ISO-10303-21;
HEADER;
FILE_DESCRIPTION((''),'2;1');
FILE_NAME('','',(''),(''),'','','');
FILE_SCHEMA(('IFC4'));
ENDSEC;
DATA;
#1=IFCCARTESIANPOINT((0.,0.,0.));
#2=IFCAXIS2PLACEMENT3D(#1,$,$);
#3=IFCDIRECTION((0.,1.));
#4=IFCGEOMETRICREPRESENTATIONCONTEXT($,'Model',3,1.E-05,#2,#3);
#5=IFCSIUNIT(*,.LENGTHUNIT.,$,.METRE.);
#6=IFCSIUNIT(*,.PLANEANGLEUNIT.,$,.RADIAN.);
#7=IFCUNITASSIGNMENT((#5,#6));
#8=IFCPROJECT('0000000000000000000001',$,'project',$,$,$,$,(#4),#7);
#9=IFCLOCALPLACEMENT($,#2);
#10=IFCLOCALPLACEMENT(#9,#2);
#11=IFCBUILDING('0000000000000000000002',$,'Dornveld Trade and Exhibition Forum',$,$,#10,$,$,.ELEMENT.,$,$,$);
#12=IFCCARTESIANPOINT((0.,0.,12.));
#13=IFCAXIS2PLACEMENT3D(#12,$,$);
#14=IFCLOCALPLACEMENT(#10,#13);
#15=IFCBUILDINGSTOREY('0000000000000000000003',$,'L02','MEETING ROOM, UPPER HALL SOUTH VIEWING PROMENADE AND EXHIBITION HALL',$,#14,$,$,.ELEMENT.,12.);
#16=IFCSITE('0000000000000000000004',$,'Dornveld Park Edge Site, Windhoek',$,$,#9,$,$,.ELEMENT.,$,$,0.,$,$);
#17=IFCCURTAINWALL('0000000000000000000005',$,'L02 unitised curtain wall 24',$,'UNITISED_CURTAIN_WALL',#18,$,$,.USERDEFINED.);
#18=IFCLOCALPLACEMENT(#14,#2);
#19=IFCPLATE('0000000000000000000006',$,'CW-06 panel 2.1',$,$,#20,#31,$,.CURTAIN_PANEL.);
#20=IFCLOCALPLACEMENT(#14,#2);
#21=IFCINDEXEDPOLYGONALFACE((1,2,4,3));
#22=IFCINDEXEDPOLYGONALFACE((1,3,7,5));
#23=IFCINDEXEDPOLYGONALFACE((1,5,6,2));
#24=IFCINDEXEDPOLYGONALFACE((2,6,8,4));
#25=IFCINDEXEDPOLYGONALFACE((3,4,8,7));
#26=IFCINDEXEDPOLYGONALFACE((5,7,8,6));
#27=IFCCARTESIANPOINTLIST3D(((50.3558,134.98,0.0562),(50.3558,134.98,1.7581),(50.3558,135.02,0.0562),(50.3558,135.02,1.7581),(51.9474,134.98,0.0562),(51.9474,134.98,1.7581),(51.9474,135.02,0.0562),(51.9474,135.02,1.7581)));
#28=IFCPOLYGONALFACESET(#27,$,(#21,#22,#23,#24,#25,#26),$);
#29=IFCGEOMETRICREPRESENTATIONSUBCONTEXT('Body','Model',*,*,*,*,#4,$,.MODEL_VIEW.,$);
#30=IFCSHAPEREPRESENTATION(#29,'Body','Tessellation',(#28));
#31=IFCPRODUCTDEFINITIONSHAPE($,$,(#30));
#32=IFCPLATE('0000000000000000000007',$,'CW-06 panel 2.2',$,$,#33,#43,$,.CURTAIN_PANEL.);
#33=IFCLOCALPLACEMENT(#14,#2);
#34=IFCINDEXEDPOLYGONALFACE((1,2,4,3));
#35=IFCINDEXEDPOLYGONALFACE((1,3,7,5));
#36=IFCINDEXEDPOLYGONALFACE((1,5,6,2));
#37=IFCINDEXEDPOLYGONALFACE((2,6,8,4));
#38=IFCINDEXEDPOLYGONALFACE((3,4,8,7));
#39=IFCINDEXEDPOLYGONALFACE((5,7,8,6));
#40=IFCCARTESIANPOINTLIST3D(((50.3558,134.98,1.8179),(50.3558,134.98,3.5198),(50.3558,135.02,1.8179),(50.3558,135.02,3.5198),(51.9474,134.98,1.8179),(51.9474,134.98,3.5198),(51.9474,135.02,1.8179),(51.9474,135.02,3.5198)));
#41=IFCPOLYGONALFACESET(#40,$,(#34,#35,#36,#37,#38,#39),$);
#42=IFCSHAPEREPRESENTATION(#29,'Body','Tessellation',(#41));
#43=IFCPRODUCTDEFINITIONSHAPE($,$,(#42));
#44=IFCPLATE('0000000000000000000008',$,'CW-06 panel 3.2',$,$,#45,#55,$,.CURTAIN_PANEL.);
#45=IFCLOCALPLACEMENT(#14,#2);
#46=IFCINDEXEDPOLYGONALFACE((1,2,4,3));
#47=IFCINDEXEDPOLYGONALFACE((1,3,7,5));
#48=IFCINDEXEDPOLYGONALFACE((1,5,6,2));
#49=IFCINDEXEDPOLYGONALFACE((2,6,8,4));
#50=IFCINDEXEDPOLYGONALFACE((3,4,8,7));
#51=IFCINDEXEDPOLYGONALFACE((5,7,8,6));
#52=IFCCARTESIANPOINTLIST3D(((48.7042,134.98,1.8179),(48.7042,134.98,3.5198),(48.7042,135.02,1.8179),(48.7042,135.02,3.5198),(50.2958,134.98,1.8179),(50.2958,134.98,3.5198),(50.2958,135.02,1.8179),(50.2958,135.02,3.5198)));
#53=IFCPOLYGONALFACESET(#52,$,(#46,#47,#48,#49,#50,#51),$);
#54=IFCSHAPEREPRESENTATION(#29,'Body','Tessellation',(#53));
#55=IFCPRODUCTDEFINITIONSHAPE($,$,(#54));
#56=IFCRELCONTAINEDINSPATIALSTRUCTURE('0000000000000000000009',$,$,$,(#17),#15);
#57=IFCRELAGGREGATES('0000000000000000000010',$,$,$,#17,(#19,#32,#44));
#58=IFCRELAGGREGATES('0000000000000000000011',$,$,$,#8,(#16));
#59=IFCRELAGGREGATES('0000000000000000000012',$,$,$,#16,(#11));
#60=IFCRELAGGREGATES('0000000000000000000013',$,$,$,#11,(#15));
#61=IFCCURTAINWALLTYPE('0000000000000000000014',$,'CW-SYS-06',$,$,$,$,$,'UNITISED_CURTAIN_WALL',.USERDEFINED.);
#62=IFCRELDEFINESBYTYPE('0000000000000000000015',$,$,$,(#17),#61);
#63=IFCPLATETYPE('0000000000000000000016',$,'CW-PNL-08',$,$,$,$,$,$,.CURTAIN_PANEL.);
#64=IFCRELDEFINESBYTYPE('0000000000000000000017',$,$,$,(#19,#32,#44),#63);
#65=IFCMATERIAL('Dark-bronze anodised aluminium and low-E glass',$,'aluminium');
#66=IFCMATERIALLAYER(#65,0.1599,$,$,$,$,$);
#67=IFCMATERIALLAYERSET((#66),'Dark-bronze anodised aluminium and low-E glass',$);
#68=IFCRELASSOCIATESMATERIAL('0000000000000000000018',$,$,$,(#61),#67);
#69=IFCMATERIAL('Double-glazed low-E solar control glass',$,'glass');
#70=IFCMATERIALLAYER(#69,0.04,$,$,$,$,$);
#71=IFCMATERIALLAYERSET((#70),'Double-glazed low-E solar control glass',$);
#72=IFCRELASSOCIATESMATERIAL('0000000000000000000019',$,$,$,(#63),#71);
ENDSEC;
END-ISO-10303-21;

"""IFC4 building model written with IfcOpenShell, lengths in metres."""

from ifc_helpers import new_model, si_unit, direction, frame, origin, origin_2d, place, context, subcontext, project, spatial, rectangle, extrude, material, layer, layer_set, type_object, element, aggregate, save


model = new_model("IFC4")

# Units and contexts
model_context = context("Model", 3, precision=1e-05, world=origin(), true_north=direction((0.0, 1.0)))
body_context = subcontext(model_context, "Body", "Model", "MODEL_VIEW")
ifc_project = project(units=[si_unit("LENGTHUNIT", "METRE"), si_unit("PLANEANGLEUNIT", "RADIAN")], contexts=[model_context])

# Site, building, storey
site_placement = place(None, origin())
site = spatial("IfcSite", under=ifc_project, at=site_placement, Name="Dornveld Park Edge Site, Windhoek", CompositionType="ELEMENT", RefElevation=0.0)
building_placement = place(site_placement, origin())
building = spatial("IfcBuilding", under=site, at=building_placement, Name="Dornveld Trade and Exhibition Forum", CompositionType="ELEMENT")
storey_placement = place(building_placement, frame((0.0, 0.0, 12.0)))
storey = spatial("IfcBuildingStorey", under=building, at=storey_placement, Name="L02", Description="MEETING ROOM, UPPER HALL SOUTH VIEWING PROMENADE AND EXHIBITION HALL", CompositionType="ELEMENT", Elevation=12.0)

# Curtain wall
ifc_material_1 = material(Name="Dark-bronze anodised aluminium and low-E glass", Category="aluminium")
ifc_layer_1 = layer(ifc_material_1, 0.1599)
ifc_layer_set_1 = layer_set([ifc_layer_1], Name="Dark-bronze anodised aluminium and low-E glass")
curtain_wall_type_1 = type_object("IfcCurtainWallType", Name="CW-SYS-06", ElementType="UNITISED_CURTAIN_WALL", PredefinedType="USERDEFINED", material=ifc_layer_set_1)
curtain_wall_1_placement = place(storey_placement, origin())
curtain_wall_1 = element("IfcCurtainWall", 1, at=curtain_wall_1_placement, inside=storey, type_object=curtain_wall_type_1, Name="L02 unitised curtain wall 24", ObjectType="UNITISED_CURTAIN_WALL", PredefinedType="USERDEFINED")

# Plates
ifc_material_2 = material(Name="Double-glazed low-E solar control glass", Category="glass")
ifc_layer_2 = layer(ifc_material_2, 0.04)
ifc_layer_set_2 = layer_set([ifc_layer_2], Name="Double-glazed low-E solar control glass")
plate_type_1 = type_object("IfcPlateType", Name="CW-PNL-08", PredefinedType="CURTAIN_PANEL", material=ifc_layer_set_2)
plate_1_placement = place(storey_placement, frame((51.1516, 135.0, 0.0562), z_axis=(0.0, 0.0, 1.0), x_axis=(-1.0, 0.0, 0.0)))
plate_1 = element("IfcPlate", 2, at=plate_1_placement, type_object=plate_type_1, Name="CW-06 panel 2.1", PredefinedType="CURTAIN_PANEL", context=body_context, shape_type="SweptSolid", body=[
    extrude(rectangle(XDim=1.5916, YDim=0.04, at=origin_2d()), origin(), (0.0, 0.0, 1.0), 1.7019),
])
plate_2_placement = place(storey_placement, frame((51.1516, 135.0, 1.8179), z_axis=(0.0, 0.0, 1.0), x_axis=(-1.0, 0.0, 0.0)))
plate_2 = element("IfcPlate", 3, at=plate_2_placement, type_object=plate_type_1, Name="CW-06 panel 2.2", PredefinedType="CURTAIN_PANEL", context=body_context, shape_type="SweptSolid", body=[
    extrude(rectangle(XDim=1.5916, YDim=0.04, at=origin_2d()), origin(), (0.0, 0.0, 1.0), 1.7019),
])
plate_3_placement = place(storey_placement, frame((49.5, 135.0, 1.8179), z_axis=(0.0, 0.0, 1.0), x_axis=(-1.0, 0.0, 0.0)))
plate_3 = element("IfcPlate", 4, at=plate_3_placement, type_object=plate_type_1, Name="CW-06 panel 3.2", PredefinedType="CURTAIN_PANEL", context=body_context, shape_type="SweptSolid", body=[
    extrude(rectangle(XDim=1.5916, YDim=0.04, at=origin_2d()), origin(), (0.0, 0.0, 1.0), 1.7019),
])
aggregate(curtain_wall_1, [plate_1, plate_2, plate_3])

save(model, "model.ifc")
